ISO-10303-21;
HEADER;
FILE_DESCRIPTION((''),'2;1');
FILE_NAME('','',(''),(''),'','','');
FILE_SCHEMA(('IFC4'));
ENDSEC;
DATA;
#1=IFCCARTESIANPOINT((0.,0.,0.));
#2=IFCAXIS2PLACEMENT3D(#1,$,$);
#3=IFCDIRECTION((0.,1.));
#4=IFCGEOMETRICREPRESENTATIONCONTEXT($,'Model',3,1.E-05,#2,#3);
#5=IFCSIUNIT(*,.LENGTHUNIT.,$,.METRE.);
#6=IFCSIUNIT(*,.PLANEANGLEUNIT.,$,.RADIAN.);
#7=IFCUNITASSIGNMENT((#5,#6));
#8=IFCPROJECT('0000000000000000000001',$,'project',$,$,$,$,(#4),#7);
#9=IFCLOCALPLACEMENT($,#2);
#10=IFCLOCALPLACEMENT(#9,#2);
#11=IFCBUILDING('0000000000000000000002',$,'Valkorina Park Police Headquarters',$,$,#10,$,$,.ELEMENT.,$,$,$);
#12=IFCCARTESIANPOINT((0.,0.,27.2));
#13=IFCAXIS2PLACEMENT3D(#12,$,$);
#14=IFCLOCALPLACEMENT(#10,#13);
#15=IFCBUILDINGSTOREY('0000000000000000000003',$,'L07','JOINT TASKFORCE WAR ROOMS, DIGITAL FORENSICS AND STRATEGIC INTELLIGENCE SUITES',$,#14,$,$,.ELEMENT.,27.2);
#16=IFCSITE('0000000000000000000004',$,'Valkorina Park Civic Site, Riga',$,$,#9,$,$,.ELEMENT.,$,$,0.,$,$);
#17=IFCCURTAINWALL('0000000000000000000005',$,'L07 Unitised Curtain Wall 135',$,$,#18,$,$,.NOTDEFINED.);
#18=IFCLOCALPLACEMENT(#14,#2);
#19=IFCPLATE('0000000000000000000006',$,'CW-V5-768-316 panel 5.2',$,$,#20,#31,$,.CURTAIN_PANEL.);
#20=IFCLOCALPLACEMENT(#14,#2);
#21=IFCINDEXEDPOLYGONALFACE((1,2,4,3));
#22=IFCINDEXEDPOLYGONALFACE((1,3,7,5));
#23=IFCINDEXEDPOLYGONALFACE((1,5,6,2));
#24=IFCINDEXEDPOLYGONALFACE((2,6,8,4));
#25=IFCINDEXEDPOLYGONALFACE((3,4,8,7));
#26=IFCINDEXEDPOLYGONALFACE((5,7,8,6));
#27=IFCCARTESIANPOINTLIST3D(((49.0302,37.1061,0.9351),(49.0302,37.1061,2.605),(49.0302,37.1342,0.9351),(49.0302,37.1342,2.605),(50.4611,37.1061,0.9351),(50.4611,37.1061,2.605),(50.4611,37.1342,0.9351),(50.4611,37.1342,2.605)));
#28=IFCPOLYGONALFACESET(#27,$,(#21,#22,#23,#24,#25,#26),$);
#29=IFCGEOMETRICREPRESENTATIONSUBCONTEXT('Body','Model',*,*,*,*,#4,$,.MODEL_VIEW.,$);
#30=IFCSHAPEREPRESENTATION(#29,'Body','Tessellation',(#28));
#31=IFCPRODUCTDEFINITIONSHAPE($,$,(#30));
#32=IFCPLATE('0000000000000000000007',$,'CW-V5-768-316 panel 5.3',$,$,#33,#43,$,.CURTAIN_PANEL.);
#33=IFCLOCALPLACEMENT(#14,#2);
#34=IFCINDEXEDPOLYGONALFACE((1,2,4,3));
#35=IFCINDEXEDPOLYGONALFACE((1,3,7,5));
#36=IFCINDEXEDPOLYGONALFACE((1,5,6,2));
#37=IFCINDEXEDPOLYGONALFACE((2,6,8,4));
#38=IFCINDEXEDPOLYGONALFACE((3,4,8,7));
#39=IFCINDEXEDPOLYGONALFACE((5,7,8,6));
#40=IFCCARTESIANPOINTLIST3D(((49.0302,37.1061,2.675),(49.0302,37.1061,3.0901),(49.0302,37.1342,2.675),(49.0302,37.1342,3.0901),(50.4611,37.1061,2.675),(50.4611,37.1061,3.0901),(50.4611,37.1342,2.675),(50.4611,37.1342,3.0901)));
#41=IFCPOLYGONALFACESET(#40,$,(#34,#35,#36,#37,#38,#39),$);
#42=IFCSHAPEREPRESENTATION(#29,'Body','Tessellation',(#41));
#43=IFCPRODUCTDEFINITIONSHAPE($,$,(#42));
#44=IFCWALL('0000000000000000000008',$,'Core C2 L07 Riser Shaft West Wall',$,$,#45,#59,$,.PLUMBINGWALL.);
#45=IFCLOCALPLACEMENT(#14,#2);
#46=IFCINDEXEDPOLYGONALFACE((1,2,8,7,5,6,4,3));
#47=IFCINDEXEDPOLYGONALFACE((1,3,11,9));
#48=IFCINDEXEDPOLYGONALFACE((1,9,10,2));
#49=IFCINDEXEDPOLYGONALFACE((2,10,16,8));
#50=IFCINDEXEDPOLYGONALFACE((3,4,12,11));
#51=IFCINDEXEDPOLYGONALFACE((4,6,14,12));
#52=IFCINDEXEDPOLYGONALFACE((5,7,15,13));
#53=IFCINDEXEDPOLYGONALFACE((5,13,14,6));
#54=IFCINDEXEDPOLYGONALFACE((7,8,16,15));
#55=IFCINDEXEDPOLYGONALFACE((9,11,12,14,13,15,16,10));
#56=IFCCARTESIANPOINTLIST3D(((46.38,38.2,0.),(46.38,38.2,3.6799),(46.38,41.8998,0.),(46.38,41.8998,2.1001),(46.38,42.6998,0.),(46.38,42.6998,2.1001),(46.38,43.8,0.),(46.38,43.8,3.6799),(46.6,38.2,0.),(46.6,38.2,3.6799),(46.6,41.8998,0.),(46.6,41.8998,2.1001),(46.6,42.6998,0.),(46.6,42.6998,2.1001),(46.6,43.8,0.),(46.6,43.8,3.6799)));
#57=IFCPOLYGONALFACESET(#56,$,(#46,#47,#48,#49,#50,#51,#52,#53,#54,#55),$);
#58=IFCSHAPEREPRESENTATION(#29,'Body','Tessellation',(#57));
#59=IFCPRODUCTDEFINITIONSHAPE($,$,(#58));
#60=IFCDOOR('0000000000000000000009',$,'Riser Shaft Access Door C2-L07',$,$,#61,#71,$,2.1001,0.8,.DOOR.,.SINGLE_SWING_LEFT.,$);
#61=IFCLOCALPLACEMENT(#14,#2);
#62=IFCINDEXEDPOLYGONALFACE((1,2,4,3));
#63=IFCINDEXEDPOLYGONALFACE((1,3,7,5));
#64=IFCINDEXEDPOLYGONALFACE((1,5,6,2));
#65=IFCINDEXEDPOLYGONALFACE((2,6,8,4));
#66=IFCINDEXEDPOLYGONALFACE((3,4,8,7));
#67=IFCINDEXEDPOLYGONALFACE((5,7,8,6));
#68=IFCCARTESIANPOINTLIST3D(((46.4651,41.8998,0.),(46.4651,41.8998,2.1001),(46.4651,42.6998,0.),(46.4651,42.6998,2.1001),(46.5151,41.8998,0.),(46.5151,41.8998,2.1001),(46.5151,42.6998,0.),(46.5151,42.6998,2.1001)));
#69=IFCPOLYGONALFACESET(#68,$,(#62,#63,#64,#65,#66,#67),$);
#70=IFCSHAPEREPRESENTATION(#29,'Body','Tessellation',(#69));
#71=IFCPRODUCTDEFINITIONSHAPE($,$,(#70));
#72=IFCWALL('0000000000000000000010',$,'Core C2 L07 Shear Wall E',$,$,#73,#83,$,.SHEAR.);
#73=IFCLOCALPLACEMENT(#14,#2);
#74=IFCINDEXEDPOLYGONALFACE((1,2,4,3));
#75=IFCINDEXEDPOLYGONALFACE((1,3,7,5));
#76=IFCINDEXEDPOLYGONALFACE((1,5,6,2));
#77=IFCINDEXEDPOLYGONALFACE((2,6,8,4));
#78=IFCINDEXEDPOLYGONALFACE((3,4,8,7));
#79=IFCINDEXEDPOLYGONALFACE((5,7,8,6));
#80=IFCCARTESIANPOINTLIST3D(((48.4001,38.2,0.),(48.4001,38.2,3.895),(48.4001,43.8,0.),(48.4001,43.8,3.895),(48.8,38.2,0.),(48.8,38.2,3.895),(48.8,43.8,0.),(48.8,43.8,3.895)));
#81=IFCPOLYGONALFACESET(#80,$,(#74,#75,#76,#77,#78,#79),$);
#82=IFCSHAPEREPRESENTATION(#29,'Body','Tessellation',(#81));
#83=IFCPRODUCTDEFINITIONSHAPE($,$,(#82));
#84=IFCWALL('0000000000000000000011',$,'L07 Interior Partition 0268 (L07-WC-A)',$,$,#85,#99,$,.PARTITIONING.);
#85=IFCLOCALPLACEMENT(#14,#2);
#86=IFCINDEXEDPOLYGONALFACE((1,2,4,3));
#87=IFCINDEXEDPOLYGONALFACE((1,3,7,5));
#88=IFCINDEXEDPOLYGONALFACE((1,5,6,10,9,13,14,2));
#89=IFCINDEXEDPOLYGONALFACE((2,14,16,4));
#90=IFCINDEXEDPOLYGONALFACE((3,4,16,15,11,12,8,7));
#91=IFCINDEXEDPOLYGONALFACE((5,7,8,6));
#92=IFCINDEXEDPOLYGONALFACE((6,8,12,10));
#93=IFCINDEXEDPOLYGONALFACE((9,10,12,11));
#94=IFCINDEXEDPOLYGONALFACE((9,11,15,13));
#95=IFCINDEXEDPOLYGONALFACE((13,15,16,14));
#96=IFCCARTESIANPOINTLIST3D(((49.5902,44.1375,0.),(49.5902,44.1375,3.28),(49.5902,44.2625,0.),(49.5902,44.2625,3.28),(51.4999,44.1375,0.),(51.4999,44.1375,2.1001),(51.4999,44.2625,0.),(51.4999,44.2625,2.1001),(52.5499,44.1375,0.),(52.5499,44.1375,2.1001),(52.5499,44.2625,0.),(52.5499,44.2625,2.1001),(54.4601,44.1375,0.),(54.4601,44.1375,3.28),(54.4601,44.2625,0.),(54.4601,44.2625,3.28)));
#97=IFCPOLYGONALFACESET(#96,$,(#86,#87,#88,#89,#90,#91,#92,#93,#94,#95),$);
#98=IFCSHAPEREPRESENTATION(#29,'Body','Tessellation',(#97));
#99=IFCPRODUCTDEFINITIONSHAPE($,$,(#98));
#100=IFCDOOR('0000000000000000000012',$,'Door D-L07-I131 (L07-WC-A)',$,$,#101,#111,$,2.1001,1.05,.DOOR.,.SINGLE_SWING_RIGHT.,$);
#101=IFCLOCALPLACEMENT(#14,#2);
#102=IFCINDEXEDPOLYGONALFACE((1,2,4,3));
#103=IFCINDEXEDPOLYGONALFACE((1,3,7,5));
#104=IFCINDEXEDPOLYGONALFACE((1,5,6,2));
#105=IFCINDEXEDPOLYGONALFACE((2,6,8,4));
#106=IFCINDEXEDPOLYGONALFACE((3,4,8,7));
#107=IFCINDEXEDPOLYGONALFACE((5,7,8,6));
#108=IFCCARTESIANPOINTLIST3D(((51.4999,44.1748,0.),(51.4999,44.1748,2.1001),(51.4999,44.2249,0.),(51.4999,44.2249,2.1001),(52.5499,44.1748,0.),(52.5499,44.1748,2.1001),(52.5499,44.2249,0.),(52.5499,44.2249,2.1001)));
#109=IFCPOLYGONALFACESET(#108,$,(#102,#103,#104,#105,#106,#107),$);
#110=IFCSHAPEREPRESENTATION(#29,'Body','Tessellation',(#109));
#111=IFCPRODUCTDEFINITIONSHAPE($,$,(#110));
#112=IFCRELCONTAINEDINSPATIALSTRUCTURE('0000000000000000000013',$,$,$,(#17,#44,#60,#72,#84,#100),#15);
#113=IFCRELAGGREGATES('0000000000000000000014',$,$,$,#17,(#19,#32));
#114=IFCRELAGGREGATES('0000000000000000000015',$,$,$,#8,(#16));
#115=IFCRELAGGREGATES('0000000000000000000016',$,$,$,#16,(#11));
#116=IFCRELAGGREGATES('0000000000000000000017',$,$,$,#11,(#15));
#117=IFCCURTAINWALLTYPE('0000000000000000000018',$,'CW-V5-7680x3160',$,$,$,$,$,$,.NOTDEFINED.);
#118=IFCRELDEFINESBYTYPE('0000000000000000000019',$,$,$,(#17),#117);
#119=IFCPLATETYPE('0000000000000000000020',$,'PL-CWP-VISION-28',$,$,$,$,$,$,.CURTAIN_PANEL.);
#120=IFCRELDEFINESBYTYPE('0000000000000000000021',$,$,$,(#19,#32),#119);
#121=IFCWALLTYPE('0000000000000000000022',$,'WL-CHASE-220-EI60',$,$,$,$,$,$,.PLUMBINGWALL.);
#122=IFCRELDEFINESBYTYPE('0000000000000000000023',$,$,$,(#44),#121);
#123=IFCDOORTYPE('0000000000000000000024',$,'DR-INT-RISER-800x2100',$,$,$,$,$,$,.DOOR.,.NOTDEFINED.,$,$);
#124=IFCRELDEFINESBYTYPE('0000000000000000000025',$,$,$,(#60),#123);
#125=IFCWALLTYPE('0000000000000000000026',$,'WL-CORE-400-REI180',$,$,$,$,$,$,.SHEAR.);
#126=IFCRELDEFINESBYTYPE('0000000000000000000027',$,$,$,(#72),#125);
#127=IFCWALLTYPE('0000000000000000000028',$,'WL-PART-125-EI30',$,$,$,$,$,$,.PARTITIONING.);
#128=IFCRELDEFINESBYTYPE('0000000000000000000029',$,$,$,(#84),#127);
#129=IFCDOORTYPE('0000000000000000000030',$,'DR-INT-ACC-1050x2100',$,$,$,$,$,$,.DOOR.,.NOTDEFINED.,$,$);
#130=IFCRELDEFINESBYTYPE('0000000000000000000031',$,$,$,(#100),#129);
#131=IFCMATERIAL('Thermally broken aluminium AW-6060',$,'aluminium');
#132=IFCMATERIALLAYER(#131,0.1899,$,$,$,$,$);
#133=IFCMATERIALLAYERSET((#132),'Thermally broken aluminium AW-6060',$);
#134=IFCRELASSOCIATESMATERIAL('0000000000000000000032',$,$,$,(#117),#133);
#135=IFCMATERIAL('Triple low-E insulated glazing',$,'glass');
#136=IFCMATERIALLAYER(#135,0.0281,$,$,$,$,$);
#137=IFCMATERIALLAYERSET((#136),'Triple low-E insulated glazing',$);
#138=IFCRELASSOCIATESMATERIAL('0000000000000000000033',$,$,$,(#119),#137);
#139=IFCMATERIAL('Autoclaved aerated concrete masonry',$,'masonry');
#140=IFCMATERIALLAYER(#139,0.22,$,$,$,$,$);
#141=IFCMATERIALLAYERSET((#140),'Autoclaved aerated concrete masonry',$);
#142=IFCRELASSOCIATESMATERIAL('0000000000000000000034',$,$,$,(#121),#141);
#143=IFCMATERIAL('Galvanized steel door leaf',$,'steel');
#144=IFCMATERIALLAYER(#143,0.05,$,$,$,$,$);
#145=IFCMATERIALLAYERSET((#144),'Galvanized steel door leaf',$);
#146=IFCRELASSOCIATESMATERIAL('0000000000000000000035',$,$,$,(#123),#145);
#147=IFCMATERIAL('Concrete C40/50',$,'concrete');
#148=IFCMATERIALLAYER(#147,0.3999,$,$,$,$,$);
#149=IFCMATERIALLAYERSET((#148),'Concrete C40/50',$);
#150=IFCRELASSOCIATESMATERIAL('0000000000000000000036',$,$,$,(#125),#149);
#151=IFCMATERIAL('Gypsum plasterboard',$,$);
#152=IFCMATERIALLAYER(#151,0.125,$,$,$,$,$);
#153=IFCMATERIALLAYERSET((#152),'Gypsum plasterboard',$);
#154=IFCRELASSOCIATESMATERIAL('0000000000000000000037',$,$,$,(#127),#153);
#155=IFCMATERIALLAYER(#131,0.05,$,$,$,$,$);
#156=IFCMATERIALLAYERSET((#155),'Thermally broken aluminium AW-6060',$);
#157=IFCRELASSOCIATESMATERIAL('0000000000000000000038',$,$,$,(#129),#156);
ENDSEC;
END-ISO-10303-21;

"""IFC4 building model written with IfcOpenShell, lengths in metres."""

from ifc_helpers import new_model, si_unit, direction, frame, frame_2d, origin, origin_2d, place, context, subcontext, project, spatial, rectangle, extrude, material, layer, layer_set, type_object, element, fill, aggregate, save


model = new_model("IFC4")

# Units and contexts
model_context = context("Model", 3, precision=1e-05, world=origin(), true_north=direction((0.0, 1.0)))
body_context = subcontext(model_context, "Body", "Model", "MODEL_VIEW")
ifc_project = project(units=[si_unit("LENGTHUNIT", "METRE"), si_unit("PLANEANGLEUNIT", "RADIAN")], contexts=[model_context])

# Site, building, storey
site_placement = place(None, origin())
site = spatial("IfcSite", under=ifc_project, at=site_placement, Name="Valkorina Park Civic Site, Riga", CompositionType="ELEMENT", RefElevation=0.0)
building_placement = place(site_placement, origin())
building = spatial("IfcBuilding", under=site, at=building_placement, Name="Valkorina Park Police Headquarters", CompositionType="ELEMENT")
storey_placement = place(building_placement, frame((0.0, 0.0, 27.2)))
storey = spatial("IfcBuildingStorey", under=building, at=storey_placement, Name="L07", Description="JOINT TASKFORCE WAR ROOMS, DIGITAL FORENSICS AND STRATEGIC INTELLIGENCE SUITES", CompositionType="ELEMENT", Elevation=27.2)

# Curtain wall
ifc_material_1 = material(Name="Thermally broken aluminium AW-6060", Category="aluminium")
ifc_layer_1 = layer(ifc_material_1, 0.1899)
ifc_layer_set_1 = layer_set([ifc_layer_1], Name="Thermally broken aluminium AW-6060")
curtain_wall_type_1 = type_object("IfcCurtainWallType", Name="CW-V5-7680x3160", PredefinedType="NOTDEFINED", material=ifc_layer_set_1)
curtain_wall_1_placement = place(storey_placement, origin())
curtain_wall_1 = element("IfcCurtainWall", 1, at=curtain_wall_1_placement, inside=storey, type_object=curtain_wall_type_1, Name="L07 Unitised Curtain Wall 135", PredefinedType="NOTDEFINED")

# Plates
ifc_material_2 = material(Name="Triple low-E insulated glazing", Category="glass")
ifc_layer_2 = layer(ifc_material_2, 0.0281)
ifc_layer_set_2 = layer_set([ifc_layer_2], Name="Triple low-E insulated glazing")
plate_type_1 = type_object("IfcPlateType", Name="PL-CWP-VISION-28", PredefinedType="CURTAIN_PANEL", material=ifc_layer_set_2)
plate_1_placement = place(storey_placement, frame((49.7456, 37.1201, 0.9351), z_axis=(0.0, 0.0, 1.0), x_axis=(-1.0, 0.0, 0.0)))
plate_1 = element("IfcPlate", 2, at=plate_1_placement, type_object=plate_type_1, Name="CW-V5-768-316 panel 5.2", PredefinedType="CURTAIN_PANEL", context=body_context, shape_type="SweptSolid", body=[
    extrude(rectangle(XDim=1.4309, YDim=0.0281, at=origin_2d()), origin(), (0.0, 0.0, 1.0), 1.6699),
])
plate_2_placement = place(storey_placement, frame((49.7456, 37.1201, 2.675), z_axis=(0.0, 0.0, 1.0), x_axis=(-1.0, 0.0, 0.0)))
plate_2 = element("IfcPlate", 3, at=plate_2_placement, type_object=plate_type_1, Name="CW-V5-768-316 panel 5.3", PredefinedType="CURTAIN_PANEL", context=body_context, shape_type="SweptSolid", body=[
    extrude(rectangle(XDim=1.4309, YDim=0.0281, at=origin_2d()), origin(), (0.0, 0.0, 1.0), 0.415),
])
aggregate(curtain_wall_1, [plate_1, plate_2])

# Wall, opening, door
ifc_material_3 = material(Name="Autoclaved aerated concrete masonry", Category="masonry")
ifc_layer_3 = layer(ifc_material_3, 0.22)
ifc_layer_set_3 = layer_set([ifc_layer_3], Name="Autoclaved aerated concrete masonry")
wall_type_1 = type_object("IfcWallType", Name="WL-CHASE-220-EI60", PredefinedType="PLUMBINGWALL", material=ifc_layer_set_3)
wall_1_placement = place(storey_placement, frame((46.49, 38.2, 0.0), z_axis=(0.0, 0.0, 1.0), x_axis=(0.0, 1.0, 0.0)))
wall_1 = element("IfcWall", 4, at=wall_1_placement, inside=storey, type_object=wall_type_1, Name="Core C2 L07 Riser Shaft West Wall", PredefinedType="PLUMBINGWALL", context=body_context, shape_type="SweptSolid", body=[
    extrude(rectangle(XDim=5.6001, YDim=0.22, at=frame_2d((2.8, 0.0))), origin(), (0.0, 0.0, 1.0), 3.6799),
])
opening_1_placement = place(wall_1_placement, frame((3.7, 0.0, 0.0)))
opening_1 = element("IfcOpeningElement", 5, at=opening_1_placement, cuts=wall_1, PredefinedType="OPENING", context=body_context, shape_type="SweptSolid", body=[
    extrude(rectangle(XDim=0.8, YDim=2.1001, at=frame_2d((0.3999, 1.05))), frame((0.0, 0.1201, 0.0), z_axis=(0.0, -1.0, 0.0), x_axis=(1.0, 0.0, 0.0)), (0.0, 0.0, 1.0), 0.24),
])
ifc_material_4 = material(Name="Galvanized steel door leaf", Category="steel")
ifc_layer_4 = layer(ifc_material_4, 0.05)
ifc_layer_set_4 = layer_set([ifc_layer_4], Name="Galvanized steel door leaf")
door_type_1 = type_object("IfcDoorType", Name="DR-INT-RISER-800x2100", OperationType="NOTDEFINED", PredefinedType="DOOR", material=ifc_layer_set_4)
door_1_placement = place(opening_1_placement, origin())
door_1 = element("IfcDoor", 6, at=door_1_placement, inside=storey, type_object=door_type_1, Name="Riser Shaft Access Door C2-L07", OperationType="SINGLE_SWING_LEFT", OverallHeight=2.1001, OverallWidth=0.8, PredefinedType="DOOR", context=body_context, shape_type="SweptSolid", body=[
    extrude(rectangle(XDim=0.8, YDim=2.1001, at=frame_2d((0.3999, 1.05))), frame((0.0, 0.0249, 0.0), z_axis=(0.0, -1.0, 0.0), x_axis=(1.0, 0.0, 0.0)), (0.0, 0.0, 1.0), 0.05),
])
fill(opening_1, door_1)

# Wall
ifc_material_5 = material(Name="Concrete C40/50", Category="concrete")
ifc_layer_5 = layer(ifc_material_5, 0.3999)
ifc_layer_set_5 = layer_set([ifc_layer_5], Name="Concrete C40/50")
wall_type_2 = type_object("IfcWallType", Name="WL-CORE-400-REI180", PredefinedType="SHEAR", material=ifc_layer_set_5)
wall_2_placement = place(storey_placement, frame((48.6001, 38.2, 0.0), z_axis=(0.0, 0.0, 1.0), x_axis=(0.0, 1.0, 0.0)))
element("IfcWall", 7, at=wall_2_placement, inside=storey, type_object=wall_type_2, Name="Core C2 L07 Shear Wall E", PredefinedType="SHEAR", context=body_context, shape_type="SweptSolid", body=[
    extrude(rectangle(XDim=5.6001, YDim=0.3999, at=frame_2d((2.8, 0.0))), origin(), (0.0, 0.0, 1.0), 3.895),
])

# Wall, opening, door
ifc_material_6 = material(Name="Gypsum plasterboard")
ifc_layer_6 = layer(ifc_material_6, 0.125)
ifc_layer_set_6 = layer_set([ifc_layer_6], Name="Gypsum plasterboard")
wall_type_3 = type_object("IfcWallType", Name="WL-PART-125-EI30", PredefinedType="PARTITIONING", material=ifc_layer_set_6)
wall_3_placement = place(storey_placement, frame((49.5901, 44.2, 0.0), z_axis=(0.0, 0.0, 1.0), x_axis=(1.0, 0.0, 0.0)))
wall_3 = element("IfcWall", 8, at=wall_3_placement, inside=storey, type_object=wall_type_3, Name="L07 Interior Partition 0268 (L07-WC-A)", PredefinedType="PARTITIONING", context=body_context, shape_type="SweptSolid", body=[
    extrude(rectangle(XDim=4.8699, YDim=0.125, at=frame_2d((2.4351, 0.0))), origin(), (0.0, 0.0, 1.0), 3.28),
])
opening_2_placement = place(wall_3_placement, frame((1.9099, 0.0, 0.0)))
opening_2 = element("IfcOpeningElement", 9, at=opening_2_placement, cuts=wall_3, PredefinedType="OPENING", context=body_context, shape_type="SweptSolid", body=[
    extrude(rectangle(XDim=1.05, YDim=2.1001, at=frame_2d((0.5249, 1.05))), frame((0.0, 0.0725, 0.0), z_axis=(0.0, -1.0, 0.0), x_axis=(1.0, 0.0, 0.0)), (0.0, 0.0, 1.0), 0.145),
])
ifc_layer_7 = layer(ifc_material_1, 0.05)
ifc_layer_set_7 = layer_set([ifc_layer_7], Name="Thermally broken aluminium AW-6060")
door_type_2 = type_object("IfcDoorType", Name="DR-INT-ACC-1050x2100", OperationType="NOTDEFINED", PredefinedType="DOOR", material=ifc_layer_set_7)
door_2_placement = place(opening_2_placement, origin())
door_2 = element("IfcDoor", 10, at=door_2_placement, inside=storey, type_object=door_type_2, Name="Door D-L07-I131 (L07-WC-A)", OperationType="SINGLE_SWING_RIGHT", OverallHeight=2.1001, OverallWidth=1.05, PredefinedType="DOOR", context=body_context, shape_type="SweptSolid", body=[
    extrude(rectangle(XDim=1.05, YDim=2.1001, at=frame_2d((0.5249, 1.05))), frame((0.0, 0.0249, 0.0), z_axis=(0.0, -1.0, 0.0), x_axis=(1.0, 0.0, 0.0)), (0.0, 0.0, 1.0), 0.05),
])
fill(opening_2, door_2)

save(model, "model.ifc")
